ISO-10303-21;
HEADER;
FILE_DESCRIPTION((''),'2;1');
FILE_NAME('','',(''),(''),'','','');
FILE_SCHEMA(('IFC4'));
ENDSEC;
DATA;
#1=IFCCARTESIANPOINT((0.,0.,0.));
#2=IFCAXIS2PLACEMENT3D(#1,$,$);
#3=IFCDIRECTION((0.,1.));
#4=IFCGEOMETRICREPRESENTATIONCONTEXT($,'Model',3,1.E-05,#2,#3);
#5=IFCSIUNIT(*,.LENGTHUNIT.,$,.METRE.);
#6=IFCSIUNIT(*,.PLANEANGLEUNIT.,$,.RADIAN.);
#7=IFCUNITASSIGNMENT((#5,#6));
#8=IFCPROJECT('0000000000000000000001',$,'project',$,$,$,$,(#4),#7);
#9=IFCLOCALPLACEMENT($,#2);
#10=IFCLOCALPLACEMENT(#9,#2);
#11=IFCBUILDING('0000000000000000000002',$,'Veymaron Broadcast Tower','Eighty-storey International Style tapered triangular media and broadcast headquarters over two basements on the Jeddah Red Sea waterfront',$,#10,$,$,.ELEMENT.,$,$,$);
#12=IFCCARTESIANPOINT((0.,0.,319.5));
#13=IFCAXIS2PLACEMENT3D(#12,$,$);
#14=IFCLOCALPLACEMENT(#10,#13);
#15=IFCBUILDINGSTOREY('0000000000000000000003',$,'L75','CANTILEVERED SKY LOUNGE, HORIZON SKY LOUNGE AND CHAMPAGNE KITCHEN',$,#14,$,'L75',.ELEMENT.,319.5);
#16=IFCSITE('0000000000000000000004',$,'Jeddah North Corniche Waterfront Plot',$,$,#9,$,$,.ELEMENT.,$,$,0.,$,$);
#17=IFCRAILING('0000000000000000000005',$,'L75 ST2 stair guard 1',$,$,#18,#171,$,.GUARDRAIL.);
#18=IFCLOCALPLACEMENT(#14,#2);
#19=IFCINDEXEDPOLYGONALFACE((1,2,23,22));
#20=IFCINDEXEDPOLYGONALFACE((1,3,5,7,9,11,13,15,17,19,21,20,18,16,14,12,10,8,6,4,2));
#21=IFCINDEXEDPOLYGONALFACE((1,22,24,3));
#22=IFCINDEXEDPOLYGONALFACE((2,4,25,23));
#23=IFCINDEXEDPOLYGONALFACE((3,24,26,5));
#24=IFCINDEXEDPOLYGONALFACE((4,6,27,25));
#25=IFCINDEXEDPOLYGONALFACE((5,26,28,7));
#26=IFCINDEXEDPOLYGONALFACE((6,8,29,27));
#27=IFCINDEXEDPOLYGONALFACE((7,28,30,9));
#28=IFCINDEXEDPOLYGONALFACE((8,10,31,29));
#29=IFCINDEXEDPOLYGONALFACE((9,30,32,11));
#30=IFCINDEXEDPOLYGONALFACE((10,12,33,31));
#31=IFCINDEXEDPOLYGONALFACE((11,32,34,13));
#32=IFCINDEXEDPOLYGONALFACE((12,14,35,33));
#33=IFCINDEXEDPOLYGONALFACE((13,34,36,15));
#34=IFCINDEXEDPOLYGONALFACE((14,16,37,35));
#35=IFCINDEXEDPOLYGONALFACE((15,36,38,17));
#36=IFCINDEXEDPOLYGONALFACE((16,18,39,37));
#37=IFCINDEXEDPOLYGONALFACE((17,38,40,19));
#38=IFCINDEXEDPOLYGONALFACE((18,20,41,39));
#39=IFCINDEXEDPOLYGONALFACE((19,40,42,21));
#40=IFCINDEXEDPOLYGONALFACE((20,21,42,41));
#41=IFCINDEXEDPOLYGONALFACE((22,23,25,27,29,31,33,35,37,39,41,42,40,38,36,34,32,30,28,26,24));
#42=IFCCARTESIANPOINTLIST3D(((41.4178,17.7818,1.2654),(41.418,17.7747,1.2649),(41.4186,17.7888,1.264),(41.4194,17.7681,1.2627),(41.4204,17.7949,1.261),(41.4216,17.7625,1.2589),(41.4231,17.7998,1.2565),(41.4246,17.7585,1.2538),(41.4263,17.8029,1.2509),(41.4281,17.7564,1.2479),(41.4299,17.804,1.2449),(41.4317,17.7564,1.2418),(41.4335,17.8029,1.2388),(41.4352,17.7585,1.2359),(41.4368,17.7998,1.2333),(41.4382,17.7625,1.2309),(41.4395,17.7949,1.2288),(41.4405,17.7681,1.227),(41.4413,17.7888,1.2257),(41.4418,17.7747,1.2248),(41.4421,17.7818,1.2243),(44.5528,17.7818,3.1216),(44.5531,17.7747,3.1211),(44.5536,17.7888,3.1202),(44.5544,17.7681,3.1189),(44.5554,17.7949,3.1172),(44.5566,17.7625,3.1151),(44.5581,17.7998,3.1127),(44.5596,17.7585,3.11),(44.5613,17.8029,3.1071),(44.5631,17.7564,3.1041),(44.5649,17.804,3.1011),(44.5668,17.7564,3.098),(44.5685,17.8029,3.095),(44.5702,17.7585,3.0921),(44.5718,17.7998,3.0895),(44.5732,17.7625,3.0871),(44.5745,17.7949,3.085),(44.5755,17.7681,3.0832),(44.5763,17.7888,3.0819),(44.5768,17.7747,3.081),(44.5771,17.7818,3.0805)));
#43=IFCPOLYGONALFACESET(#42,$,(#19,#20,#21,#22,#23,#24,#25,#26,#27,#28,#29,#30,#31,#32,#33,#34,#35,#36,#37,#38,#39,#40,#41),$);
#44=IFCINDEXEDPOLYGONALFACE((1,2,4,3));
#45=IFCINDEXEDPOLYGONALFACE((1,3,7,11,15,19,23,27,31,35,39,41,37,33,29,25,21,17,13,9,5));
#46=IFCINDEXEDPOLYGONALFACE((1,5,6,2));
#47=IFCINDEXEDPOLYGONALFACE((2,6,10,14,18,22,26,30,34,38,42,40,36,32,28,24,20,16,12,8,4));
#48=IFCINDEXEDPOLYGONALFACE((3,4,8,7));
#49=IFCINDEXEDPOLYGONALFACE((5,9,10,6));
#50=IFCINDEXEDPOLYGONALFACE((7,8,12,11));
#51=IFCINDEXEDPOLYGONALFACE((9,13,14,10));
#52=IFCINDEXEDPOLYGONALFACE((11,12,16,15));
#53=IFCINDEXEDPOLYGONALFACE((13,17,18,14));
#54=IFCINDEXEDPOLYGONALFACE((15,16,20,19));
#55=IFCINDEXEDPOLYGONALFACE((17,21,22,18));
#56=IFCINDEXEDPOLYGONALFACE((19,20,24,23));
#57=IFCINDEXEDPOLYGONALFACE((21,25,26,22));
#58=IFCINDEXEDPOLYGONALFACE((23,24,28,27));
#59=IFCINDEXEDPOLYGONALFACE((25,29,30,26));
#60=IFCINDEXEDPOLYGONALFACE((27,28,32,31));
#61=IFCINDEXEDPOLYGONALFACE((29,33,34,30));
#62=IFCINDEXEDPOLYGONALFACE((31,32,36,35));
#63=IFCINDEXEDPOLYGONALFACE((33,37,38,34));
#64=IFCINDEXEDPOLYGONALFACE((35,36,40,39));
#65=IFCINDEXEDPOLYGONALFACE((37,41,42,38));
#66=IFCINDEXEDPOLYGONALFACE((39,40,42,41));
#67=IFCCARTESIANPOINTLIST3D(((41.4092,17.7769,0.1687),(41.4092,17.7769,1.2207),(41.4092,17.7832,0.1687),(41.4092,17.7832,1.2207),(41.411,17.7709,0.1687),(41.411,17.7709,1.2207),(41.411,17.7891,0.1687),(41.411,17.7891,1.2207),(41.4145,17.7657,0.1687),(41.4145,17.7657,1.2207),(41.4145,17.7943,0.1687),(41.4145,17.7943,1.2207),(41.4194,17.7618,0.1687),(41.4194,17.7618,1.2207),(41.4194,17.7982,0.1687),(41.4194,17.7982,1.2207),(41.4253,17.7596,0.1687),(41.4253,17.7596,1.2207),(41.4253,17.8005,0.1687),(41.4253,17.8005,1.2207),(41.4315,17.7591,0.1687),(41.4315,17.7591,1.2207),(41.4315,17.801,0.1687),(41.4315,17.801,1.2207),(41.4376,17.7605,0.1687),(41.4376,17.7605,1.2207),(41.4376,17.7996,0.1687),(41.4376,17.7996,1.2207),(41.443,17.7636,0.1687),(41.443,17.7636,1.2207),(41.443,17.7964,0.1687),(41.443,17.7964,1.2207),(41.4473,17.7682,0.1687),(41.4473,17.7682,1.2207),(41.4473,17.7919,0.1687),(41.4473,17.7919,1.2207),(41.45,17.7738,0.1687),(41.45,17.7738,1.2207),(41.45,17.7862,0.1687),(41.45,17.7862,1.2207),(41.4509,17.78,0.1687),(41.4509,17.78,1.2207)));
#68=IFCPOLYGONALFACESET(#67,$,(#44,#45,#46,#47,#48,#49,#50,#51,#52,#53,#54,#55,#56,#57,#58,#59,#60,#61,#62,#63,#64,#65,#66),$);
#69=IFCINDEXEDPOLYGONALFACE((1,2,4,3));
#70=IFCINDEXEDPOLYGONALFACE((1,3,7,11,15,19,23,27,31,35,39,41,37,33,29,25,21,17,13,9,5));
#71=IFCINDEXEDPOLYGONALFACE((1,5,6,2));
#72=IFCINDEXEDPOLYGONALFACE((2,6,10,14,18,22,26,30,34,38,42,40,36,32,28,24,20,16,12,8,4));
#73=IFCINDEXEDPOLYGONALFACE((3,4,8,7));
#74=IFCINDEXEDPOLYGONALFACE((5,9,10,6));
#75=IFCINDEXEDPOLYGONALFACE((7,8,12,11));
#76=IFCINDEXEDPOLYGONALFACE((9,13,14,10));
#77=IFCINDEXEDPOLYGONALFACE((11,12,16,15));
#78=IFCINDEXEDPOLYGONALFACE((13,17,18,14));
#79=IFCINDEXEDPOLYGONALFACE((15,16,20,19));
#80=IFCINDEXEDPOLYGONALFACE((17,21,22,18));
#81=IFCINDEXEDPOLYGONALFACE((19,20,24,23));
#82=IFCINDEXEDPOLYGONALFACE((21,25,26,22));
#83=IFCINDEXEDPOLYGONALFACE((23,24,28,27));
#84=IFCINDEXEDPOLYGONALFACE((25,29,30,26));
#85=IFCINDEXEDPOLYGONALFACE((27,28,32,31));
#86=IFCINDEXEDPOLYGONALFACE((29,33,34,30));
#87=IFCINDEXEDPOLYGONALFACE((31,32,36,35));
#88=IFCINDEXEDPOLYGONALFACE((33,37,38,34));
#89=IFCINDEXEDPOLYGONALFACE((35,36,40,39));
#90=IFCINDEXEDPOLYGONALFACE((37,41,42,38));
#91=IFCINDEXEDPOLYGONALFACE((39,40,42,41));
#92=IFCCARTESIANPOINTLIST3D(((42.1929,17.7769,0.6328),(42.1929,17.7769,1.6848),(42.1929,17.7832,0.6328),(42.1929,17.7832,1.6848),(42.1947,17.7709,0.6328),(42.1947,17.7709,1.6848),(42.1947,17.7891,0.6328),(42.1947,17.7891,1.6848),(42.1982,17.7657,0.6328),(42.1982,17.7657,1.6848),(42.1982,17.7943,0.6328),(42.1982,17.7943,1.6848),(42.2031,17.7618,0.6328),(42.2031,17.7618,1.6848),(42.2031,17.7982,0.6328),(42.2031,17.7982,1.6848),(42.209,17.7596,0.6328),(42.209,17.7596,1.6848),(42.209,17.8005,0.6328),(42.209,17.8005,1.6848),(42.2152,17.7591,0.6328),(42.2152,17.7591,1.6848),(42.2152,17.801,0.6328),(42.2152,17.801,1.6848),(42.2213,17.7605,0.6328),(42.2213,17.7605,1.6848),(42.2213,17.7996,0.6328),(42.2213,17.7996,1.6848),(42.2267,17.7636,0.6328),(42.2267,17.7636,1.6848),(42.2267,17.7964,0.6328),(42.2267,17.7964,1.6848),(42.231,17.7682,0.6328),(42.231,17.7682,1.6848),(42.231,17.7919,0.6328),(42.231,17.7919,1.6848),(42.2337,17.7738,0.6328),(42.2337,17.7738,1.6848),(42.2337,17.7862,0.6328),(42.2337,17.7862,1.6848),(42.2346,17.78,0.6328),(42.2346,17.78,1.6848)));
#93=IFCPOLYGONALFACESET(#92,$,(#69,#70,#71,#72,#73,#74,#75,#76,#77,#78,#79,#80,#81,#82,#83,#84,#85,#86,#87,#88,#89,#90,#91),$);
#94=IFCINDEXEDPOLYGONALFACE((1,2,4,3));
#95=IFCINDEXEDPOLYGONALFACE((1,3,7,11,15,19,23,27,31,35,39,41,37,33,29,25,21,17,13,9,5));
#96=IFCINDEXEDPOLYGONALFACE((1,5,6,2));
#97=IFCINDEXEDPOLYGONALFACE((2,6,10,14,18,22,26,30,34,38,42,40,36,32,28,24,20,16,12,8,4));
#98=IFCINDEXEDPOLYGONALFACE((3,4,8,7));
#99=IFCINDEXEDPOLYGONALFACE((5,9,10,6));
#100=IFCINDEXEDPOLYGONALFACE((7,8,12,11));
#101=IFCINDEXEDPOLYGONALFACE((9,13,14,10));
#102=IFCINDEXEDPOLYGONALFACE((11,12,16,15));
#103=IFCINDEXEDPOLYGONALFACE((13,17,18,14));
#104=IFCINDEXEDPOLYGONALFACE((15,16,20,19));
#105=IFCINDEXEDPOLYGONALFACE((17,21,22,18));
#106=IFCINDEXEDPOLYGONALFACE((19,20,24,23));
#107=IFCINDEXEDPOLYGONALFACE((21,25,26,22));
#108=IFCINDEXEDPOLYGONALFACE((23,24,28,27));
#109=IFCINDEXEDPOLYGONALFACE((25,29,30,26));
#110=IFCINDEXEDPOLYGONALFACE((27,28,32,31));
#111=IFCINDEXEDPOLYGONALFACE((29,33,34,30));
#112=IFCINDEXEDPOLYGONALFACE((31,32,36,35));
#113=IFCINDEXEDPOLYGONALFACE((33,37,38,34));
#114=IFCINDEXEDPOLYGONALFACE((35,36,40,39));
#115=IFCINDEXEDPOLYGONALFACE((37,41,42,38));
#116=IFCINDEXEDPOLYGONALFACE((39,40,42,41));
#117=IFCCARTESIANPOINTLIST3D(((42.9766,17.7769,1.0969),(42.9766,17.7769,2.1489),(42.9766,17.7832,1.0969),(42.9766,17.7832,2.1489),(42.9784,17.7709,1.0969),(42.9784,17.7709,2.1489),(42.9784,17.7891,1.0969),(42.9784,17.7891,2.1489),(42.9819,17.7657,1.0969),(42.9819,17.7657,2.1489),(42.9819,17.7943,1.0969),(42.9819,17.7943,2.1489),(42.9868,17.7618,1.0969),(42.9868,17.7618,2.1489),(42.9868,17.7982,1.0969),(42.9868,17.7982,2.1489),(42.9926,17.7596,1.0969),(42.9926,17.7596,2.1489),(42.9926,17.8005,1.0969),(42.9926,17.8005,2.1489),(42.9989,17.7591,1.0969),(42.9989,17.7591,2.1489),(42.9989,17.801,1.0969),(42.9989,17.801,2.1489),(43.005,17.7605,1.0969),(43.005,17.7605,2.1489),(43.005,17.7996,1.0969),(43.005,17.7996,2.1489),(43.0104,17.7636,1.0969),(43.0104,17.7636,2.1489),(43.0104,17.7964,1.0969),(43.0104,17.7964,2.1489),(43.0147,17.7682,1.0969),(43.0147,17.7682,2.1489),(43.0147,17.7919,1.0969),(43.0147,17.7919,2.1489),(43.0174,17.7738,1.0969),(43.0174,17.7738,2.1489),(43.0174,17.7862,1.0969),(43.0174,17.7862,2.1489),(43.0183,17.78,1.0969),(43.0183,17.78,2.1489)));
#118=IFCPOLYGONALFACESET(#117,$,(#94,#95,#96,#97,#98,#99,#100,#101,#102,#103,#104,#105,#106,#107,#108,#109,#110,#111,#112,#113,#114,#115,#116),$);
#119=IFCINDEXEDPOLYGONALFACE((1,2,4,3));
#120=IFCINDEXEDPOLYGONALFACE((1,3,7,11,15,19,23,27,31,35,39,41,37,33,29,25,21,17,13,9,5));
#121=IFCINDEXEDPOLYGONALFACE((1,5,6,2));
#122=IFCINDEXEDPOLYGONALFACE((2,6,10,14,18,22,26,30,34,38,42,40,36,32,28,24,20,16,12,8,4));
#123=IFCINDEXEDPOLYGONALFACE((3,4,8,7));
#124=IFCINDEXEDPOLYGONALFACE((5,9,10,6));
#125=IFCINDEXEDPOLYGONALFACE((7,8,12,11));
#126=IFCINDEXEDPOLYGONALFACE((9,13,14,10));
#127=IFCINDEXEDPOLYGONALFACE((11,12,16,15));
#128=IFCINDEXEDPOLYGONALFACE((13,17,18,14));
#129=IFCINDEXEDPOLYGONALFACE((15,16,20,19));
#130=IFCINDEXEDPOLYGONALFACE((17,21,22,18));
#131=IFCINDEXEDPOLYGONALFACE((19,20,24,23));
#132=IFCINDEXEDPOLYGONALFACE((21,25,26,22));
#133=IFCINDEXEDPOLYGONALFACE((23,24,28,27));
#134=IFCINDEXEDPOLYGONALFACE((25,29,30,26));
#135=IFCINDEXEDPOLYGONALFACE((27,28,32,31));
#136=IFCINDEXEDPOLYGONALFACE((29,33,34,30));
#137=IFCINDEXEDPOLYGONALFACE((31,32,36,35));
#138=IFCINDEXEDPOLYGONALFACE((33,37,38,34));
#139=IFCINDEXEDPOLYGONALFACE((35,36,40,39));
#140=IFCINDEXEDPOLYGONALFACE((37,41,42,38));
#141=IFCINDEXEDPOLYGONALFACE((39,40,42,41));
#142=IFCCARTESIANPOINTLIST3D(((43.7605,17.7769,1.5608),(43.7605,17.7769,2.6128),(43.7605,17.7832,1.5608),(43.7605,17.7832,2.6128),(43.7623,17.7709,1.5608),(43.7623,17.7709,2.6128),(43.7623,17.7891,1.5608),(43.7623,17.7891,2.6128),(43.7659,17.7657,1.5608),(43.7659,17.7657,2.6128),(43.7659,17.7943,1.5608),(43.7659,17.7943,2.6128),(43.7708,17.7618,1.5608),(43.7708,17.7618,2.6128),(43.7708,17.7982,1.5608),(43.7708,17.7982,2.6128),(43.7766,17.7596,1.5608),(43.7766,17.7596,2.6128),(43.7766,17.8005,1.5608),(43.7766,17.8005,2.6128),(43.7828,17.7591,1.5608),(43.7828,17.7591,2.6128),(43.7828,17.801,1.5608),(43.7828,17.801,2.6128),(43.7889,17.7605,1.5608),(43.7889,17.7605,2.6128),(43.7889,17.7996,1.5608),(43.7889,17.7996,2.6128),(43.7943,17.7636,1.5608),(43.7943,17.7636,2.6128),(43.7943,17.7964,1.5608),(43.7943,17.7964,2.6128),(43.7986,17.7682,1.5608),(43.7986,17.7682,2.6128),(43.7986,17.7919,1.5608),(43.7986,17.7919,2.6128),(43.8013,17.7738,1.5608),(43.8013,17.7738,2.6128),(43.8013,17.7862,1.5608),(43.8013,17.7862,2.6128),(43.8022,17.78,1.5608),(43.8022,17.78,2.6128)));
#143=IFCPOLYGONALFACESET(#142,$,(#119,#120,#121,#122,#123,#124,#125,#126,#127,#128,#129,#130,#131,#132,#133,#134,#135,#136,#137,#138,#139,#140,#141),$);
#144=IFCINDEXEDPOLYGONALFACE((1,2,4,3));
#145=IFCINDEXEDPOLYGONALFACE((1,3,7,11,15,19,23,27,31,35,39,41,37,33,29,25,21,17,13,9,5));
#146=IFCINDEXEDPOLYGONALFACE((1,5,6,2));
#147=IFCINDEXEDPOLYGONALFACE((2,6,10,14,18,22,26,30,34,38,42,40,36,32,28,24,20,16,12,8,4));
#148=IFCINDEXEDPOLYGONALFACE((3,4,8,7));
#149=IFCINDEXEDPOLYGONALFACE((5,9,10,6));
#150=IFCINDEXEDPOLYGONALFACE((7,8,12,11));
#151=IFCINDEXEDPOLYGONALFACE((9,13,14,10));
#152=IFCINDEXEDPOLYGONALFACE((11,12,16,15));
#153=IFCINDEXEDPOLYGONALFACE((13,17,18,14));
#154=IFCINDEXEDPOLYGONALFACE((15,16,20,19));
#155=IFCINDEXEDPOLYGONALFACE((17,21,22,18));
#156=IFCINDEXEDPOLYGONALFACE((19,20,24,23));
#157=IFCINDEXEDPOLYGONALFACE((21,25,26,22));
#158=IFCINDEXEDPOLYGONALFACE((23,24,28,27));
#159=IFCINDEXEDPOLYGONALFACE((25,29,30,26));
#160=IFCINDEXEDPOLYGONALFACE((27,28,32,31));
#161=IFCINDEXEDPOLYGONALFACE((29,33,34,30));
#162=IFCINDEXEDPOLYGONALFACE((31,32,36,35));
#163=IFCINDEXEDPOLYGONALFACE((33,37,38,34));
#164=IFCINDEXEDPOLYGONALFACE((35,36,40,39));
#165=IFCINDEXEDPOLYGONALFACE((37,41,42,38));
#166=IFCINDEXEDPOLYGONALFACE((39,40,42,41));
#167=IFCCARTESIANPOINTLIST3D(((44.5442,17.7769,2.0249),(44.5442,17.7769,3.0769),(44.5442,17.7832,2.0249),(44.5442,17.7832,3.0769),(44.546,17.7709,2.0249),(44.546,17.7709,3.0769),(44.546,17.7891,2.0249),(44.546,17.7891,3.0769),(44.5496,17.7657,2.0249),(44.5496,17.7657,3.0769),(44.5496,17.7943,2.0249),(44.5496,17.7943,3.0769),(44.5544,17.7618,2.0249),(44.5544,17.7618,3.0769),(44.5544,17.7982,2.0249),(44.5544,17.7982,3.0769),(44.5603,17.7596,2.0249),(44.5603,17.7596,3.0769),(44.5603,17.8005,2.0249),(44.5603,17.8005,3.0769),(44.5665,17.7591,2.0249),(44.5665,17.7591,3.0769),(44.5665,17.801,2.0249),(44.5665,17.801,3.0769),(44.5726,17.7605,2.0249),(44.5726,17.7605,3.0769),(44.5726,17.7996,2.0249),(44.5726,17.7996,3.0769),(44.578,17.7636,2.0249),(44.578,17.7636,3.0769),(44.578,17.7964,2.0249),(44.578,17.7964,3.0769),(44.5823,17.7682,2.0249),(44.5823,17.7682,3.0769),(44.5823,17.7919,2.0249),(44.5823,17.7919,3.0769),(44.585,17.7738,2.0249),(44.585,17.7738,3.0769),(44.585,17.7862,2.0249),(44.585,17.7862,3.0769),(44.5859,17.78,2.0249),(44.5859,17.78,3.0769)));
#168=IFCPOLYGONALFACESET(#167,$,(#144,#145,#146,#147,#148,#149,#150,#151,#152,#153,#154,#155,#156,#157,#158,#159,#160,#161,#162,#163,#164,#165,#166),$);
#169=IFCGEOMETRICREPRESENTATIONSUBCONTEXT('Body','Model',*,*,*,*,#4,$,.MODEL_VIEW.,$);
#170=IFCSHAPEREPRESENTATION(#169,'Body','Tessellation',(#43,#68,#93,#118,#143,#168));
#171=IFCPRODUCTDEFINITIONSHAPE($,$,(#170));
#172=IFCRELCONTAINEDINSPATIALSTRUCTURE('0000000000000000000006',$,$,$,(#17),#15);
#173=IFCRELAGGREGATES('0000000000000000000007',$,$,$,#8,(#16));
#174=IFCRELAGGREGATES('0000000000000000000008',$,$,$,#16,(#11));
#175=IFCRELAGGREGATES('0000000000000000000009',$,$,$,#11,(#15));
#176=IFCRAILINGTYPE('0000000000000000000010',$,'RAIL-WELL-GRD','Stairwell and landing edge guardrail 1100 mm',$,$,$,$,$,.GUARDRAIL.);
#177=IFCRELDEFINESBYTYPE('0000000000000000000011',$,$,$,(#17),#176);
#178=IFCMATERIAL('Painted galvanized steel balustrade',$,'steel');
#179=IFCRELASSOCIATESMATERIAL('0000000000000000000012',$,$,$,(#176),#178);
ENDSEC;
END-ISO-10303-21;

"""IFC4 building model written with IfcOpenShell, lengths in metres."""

from ifc_helpers import new_model, si_unit, direction, frame, origin, origin_2d, place, context, subcontext, project, spatial, circle, extrude, material, type_object, element, save


model = new_model("IFC4")

# Units and contexts
model_context = context("Model", 3, precision=1e-05, world=origin(), true_north=direction((0.0, 1.0)))
body_context = subcontext(model_context, "Body", "Model", "MODEL_VIEW")
ifc_project = project(units=[si_unit("LENGTHUNIT", "METRE"), si_unit("PLANEANGLEUNIT", "RADIAN")], contexts=[model_context])

# Site, building, storey
site_placement = place(None, origin())
site = spatial("IfcSite", under=ifc_project, at=site_placement, Name="Jeddah North Corniche Waterfront Plot", CompositionType="ELEMENT", RefElevation=0.0)
building_placement = place(site_placement, origin())
building = spatial("IfcBuilding", under=site, at=building_placement, Name="Veymaron Broadcast Tower", Description="Eighty-storey International Style tapered triangular media and broadcast headquarters over two basements on the Jeddah Red Sea waterfront", CompositionType="ELEMENT")
storey_placement = place(building_placement, frame((0.0, 0.0, 319.5)))
storey = spatial("IfcBuildingStorey", under=building, at=storey_placement, Name="L75", Description="CANTILEVERED SKY LOUNGE, HORIZON SKY LOUNGE AND CHAMPAGNE KITCHEN", LongName="L75", CompositionType="ELEMENT", Elevation=319.5)

# Railing
ifc_material_1 = material(Name="Painted galvanized steel balustrade", Category="steel")
railing_type_1 = type_object("IfcRailingType", Name="RAIL-WELL-GRD", Description="Stairwell and landing edge guardrail 1100 mm", PredefinedType="GUARDRAIL", material=ifc_material_1)
railing_1_placement = place(storey_placement, frame((41.4299, 17.78, 0.1687)))
element("IfcRailing", 1, at=railing_1_placement, inside=storey, type_object=railing_type_1, Name="L75 ST2 stair guard 1", PredefinedType="GUARDRAIL", context=body_context, shape_type="SweptSolid", body=[
    extrude(circle(Radius=0.0239, at=origin_2d()), frame((0.0, 0.0, 1.0762), z_axis=(0.860482, 0.0, 0.509481), x_axis=(0.0, 1.0, 0.0)), (0.0, 0.0, 1.0), 3.6433),
    extrude(circle(Radius=0.021, at=origin_2d()), origin(), (0.0, 0.0, 1.0), 1.052),
    extrude(circle(Radius=0.021, at=origin_2d()), frame((0.7837, 0.0, 0.4641)), (0.0, 0.0, 1.0), 1.052),
    extrude(circle(Radius=0.021, at=origin_2d()), frame((1.5674, 0.0, 0.9282)), (0.0, 0.0, 1.0), 1.052),
    extrude(circle(Radius=0.021, at=origin_2d()), frame((2.3513, 0.0, 1.3921)), (0.0, 0.0, 1.0), 1.052),
    extrude(circle(Radius=0.021, at=origin_2d()), frame((3.135, 0.0, 1.8562)), (0.0, 0.0, 1.0), 1.052),
])

save(model, "model.ifc")
